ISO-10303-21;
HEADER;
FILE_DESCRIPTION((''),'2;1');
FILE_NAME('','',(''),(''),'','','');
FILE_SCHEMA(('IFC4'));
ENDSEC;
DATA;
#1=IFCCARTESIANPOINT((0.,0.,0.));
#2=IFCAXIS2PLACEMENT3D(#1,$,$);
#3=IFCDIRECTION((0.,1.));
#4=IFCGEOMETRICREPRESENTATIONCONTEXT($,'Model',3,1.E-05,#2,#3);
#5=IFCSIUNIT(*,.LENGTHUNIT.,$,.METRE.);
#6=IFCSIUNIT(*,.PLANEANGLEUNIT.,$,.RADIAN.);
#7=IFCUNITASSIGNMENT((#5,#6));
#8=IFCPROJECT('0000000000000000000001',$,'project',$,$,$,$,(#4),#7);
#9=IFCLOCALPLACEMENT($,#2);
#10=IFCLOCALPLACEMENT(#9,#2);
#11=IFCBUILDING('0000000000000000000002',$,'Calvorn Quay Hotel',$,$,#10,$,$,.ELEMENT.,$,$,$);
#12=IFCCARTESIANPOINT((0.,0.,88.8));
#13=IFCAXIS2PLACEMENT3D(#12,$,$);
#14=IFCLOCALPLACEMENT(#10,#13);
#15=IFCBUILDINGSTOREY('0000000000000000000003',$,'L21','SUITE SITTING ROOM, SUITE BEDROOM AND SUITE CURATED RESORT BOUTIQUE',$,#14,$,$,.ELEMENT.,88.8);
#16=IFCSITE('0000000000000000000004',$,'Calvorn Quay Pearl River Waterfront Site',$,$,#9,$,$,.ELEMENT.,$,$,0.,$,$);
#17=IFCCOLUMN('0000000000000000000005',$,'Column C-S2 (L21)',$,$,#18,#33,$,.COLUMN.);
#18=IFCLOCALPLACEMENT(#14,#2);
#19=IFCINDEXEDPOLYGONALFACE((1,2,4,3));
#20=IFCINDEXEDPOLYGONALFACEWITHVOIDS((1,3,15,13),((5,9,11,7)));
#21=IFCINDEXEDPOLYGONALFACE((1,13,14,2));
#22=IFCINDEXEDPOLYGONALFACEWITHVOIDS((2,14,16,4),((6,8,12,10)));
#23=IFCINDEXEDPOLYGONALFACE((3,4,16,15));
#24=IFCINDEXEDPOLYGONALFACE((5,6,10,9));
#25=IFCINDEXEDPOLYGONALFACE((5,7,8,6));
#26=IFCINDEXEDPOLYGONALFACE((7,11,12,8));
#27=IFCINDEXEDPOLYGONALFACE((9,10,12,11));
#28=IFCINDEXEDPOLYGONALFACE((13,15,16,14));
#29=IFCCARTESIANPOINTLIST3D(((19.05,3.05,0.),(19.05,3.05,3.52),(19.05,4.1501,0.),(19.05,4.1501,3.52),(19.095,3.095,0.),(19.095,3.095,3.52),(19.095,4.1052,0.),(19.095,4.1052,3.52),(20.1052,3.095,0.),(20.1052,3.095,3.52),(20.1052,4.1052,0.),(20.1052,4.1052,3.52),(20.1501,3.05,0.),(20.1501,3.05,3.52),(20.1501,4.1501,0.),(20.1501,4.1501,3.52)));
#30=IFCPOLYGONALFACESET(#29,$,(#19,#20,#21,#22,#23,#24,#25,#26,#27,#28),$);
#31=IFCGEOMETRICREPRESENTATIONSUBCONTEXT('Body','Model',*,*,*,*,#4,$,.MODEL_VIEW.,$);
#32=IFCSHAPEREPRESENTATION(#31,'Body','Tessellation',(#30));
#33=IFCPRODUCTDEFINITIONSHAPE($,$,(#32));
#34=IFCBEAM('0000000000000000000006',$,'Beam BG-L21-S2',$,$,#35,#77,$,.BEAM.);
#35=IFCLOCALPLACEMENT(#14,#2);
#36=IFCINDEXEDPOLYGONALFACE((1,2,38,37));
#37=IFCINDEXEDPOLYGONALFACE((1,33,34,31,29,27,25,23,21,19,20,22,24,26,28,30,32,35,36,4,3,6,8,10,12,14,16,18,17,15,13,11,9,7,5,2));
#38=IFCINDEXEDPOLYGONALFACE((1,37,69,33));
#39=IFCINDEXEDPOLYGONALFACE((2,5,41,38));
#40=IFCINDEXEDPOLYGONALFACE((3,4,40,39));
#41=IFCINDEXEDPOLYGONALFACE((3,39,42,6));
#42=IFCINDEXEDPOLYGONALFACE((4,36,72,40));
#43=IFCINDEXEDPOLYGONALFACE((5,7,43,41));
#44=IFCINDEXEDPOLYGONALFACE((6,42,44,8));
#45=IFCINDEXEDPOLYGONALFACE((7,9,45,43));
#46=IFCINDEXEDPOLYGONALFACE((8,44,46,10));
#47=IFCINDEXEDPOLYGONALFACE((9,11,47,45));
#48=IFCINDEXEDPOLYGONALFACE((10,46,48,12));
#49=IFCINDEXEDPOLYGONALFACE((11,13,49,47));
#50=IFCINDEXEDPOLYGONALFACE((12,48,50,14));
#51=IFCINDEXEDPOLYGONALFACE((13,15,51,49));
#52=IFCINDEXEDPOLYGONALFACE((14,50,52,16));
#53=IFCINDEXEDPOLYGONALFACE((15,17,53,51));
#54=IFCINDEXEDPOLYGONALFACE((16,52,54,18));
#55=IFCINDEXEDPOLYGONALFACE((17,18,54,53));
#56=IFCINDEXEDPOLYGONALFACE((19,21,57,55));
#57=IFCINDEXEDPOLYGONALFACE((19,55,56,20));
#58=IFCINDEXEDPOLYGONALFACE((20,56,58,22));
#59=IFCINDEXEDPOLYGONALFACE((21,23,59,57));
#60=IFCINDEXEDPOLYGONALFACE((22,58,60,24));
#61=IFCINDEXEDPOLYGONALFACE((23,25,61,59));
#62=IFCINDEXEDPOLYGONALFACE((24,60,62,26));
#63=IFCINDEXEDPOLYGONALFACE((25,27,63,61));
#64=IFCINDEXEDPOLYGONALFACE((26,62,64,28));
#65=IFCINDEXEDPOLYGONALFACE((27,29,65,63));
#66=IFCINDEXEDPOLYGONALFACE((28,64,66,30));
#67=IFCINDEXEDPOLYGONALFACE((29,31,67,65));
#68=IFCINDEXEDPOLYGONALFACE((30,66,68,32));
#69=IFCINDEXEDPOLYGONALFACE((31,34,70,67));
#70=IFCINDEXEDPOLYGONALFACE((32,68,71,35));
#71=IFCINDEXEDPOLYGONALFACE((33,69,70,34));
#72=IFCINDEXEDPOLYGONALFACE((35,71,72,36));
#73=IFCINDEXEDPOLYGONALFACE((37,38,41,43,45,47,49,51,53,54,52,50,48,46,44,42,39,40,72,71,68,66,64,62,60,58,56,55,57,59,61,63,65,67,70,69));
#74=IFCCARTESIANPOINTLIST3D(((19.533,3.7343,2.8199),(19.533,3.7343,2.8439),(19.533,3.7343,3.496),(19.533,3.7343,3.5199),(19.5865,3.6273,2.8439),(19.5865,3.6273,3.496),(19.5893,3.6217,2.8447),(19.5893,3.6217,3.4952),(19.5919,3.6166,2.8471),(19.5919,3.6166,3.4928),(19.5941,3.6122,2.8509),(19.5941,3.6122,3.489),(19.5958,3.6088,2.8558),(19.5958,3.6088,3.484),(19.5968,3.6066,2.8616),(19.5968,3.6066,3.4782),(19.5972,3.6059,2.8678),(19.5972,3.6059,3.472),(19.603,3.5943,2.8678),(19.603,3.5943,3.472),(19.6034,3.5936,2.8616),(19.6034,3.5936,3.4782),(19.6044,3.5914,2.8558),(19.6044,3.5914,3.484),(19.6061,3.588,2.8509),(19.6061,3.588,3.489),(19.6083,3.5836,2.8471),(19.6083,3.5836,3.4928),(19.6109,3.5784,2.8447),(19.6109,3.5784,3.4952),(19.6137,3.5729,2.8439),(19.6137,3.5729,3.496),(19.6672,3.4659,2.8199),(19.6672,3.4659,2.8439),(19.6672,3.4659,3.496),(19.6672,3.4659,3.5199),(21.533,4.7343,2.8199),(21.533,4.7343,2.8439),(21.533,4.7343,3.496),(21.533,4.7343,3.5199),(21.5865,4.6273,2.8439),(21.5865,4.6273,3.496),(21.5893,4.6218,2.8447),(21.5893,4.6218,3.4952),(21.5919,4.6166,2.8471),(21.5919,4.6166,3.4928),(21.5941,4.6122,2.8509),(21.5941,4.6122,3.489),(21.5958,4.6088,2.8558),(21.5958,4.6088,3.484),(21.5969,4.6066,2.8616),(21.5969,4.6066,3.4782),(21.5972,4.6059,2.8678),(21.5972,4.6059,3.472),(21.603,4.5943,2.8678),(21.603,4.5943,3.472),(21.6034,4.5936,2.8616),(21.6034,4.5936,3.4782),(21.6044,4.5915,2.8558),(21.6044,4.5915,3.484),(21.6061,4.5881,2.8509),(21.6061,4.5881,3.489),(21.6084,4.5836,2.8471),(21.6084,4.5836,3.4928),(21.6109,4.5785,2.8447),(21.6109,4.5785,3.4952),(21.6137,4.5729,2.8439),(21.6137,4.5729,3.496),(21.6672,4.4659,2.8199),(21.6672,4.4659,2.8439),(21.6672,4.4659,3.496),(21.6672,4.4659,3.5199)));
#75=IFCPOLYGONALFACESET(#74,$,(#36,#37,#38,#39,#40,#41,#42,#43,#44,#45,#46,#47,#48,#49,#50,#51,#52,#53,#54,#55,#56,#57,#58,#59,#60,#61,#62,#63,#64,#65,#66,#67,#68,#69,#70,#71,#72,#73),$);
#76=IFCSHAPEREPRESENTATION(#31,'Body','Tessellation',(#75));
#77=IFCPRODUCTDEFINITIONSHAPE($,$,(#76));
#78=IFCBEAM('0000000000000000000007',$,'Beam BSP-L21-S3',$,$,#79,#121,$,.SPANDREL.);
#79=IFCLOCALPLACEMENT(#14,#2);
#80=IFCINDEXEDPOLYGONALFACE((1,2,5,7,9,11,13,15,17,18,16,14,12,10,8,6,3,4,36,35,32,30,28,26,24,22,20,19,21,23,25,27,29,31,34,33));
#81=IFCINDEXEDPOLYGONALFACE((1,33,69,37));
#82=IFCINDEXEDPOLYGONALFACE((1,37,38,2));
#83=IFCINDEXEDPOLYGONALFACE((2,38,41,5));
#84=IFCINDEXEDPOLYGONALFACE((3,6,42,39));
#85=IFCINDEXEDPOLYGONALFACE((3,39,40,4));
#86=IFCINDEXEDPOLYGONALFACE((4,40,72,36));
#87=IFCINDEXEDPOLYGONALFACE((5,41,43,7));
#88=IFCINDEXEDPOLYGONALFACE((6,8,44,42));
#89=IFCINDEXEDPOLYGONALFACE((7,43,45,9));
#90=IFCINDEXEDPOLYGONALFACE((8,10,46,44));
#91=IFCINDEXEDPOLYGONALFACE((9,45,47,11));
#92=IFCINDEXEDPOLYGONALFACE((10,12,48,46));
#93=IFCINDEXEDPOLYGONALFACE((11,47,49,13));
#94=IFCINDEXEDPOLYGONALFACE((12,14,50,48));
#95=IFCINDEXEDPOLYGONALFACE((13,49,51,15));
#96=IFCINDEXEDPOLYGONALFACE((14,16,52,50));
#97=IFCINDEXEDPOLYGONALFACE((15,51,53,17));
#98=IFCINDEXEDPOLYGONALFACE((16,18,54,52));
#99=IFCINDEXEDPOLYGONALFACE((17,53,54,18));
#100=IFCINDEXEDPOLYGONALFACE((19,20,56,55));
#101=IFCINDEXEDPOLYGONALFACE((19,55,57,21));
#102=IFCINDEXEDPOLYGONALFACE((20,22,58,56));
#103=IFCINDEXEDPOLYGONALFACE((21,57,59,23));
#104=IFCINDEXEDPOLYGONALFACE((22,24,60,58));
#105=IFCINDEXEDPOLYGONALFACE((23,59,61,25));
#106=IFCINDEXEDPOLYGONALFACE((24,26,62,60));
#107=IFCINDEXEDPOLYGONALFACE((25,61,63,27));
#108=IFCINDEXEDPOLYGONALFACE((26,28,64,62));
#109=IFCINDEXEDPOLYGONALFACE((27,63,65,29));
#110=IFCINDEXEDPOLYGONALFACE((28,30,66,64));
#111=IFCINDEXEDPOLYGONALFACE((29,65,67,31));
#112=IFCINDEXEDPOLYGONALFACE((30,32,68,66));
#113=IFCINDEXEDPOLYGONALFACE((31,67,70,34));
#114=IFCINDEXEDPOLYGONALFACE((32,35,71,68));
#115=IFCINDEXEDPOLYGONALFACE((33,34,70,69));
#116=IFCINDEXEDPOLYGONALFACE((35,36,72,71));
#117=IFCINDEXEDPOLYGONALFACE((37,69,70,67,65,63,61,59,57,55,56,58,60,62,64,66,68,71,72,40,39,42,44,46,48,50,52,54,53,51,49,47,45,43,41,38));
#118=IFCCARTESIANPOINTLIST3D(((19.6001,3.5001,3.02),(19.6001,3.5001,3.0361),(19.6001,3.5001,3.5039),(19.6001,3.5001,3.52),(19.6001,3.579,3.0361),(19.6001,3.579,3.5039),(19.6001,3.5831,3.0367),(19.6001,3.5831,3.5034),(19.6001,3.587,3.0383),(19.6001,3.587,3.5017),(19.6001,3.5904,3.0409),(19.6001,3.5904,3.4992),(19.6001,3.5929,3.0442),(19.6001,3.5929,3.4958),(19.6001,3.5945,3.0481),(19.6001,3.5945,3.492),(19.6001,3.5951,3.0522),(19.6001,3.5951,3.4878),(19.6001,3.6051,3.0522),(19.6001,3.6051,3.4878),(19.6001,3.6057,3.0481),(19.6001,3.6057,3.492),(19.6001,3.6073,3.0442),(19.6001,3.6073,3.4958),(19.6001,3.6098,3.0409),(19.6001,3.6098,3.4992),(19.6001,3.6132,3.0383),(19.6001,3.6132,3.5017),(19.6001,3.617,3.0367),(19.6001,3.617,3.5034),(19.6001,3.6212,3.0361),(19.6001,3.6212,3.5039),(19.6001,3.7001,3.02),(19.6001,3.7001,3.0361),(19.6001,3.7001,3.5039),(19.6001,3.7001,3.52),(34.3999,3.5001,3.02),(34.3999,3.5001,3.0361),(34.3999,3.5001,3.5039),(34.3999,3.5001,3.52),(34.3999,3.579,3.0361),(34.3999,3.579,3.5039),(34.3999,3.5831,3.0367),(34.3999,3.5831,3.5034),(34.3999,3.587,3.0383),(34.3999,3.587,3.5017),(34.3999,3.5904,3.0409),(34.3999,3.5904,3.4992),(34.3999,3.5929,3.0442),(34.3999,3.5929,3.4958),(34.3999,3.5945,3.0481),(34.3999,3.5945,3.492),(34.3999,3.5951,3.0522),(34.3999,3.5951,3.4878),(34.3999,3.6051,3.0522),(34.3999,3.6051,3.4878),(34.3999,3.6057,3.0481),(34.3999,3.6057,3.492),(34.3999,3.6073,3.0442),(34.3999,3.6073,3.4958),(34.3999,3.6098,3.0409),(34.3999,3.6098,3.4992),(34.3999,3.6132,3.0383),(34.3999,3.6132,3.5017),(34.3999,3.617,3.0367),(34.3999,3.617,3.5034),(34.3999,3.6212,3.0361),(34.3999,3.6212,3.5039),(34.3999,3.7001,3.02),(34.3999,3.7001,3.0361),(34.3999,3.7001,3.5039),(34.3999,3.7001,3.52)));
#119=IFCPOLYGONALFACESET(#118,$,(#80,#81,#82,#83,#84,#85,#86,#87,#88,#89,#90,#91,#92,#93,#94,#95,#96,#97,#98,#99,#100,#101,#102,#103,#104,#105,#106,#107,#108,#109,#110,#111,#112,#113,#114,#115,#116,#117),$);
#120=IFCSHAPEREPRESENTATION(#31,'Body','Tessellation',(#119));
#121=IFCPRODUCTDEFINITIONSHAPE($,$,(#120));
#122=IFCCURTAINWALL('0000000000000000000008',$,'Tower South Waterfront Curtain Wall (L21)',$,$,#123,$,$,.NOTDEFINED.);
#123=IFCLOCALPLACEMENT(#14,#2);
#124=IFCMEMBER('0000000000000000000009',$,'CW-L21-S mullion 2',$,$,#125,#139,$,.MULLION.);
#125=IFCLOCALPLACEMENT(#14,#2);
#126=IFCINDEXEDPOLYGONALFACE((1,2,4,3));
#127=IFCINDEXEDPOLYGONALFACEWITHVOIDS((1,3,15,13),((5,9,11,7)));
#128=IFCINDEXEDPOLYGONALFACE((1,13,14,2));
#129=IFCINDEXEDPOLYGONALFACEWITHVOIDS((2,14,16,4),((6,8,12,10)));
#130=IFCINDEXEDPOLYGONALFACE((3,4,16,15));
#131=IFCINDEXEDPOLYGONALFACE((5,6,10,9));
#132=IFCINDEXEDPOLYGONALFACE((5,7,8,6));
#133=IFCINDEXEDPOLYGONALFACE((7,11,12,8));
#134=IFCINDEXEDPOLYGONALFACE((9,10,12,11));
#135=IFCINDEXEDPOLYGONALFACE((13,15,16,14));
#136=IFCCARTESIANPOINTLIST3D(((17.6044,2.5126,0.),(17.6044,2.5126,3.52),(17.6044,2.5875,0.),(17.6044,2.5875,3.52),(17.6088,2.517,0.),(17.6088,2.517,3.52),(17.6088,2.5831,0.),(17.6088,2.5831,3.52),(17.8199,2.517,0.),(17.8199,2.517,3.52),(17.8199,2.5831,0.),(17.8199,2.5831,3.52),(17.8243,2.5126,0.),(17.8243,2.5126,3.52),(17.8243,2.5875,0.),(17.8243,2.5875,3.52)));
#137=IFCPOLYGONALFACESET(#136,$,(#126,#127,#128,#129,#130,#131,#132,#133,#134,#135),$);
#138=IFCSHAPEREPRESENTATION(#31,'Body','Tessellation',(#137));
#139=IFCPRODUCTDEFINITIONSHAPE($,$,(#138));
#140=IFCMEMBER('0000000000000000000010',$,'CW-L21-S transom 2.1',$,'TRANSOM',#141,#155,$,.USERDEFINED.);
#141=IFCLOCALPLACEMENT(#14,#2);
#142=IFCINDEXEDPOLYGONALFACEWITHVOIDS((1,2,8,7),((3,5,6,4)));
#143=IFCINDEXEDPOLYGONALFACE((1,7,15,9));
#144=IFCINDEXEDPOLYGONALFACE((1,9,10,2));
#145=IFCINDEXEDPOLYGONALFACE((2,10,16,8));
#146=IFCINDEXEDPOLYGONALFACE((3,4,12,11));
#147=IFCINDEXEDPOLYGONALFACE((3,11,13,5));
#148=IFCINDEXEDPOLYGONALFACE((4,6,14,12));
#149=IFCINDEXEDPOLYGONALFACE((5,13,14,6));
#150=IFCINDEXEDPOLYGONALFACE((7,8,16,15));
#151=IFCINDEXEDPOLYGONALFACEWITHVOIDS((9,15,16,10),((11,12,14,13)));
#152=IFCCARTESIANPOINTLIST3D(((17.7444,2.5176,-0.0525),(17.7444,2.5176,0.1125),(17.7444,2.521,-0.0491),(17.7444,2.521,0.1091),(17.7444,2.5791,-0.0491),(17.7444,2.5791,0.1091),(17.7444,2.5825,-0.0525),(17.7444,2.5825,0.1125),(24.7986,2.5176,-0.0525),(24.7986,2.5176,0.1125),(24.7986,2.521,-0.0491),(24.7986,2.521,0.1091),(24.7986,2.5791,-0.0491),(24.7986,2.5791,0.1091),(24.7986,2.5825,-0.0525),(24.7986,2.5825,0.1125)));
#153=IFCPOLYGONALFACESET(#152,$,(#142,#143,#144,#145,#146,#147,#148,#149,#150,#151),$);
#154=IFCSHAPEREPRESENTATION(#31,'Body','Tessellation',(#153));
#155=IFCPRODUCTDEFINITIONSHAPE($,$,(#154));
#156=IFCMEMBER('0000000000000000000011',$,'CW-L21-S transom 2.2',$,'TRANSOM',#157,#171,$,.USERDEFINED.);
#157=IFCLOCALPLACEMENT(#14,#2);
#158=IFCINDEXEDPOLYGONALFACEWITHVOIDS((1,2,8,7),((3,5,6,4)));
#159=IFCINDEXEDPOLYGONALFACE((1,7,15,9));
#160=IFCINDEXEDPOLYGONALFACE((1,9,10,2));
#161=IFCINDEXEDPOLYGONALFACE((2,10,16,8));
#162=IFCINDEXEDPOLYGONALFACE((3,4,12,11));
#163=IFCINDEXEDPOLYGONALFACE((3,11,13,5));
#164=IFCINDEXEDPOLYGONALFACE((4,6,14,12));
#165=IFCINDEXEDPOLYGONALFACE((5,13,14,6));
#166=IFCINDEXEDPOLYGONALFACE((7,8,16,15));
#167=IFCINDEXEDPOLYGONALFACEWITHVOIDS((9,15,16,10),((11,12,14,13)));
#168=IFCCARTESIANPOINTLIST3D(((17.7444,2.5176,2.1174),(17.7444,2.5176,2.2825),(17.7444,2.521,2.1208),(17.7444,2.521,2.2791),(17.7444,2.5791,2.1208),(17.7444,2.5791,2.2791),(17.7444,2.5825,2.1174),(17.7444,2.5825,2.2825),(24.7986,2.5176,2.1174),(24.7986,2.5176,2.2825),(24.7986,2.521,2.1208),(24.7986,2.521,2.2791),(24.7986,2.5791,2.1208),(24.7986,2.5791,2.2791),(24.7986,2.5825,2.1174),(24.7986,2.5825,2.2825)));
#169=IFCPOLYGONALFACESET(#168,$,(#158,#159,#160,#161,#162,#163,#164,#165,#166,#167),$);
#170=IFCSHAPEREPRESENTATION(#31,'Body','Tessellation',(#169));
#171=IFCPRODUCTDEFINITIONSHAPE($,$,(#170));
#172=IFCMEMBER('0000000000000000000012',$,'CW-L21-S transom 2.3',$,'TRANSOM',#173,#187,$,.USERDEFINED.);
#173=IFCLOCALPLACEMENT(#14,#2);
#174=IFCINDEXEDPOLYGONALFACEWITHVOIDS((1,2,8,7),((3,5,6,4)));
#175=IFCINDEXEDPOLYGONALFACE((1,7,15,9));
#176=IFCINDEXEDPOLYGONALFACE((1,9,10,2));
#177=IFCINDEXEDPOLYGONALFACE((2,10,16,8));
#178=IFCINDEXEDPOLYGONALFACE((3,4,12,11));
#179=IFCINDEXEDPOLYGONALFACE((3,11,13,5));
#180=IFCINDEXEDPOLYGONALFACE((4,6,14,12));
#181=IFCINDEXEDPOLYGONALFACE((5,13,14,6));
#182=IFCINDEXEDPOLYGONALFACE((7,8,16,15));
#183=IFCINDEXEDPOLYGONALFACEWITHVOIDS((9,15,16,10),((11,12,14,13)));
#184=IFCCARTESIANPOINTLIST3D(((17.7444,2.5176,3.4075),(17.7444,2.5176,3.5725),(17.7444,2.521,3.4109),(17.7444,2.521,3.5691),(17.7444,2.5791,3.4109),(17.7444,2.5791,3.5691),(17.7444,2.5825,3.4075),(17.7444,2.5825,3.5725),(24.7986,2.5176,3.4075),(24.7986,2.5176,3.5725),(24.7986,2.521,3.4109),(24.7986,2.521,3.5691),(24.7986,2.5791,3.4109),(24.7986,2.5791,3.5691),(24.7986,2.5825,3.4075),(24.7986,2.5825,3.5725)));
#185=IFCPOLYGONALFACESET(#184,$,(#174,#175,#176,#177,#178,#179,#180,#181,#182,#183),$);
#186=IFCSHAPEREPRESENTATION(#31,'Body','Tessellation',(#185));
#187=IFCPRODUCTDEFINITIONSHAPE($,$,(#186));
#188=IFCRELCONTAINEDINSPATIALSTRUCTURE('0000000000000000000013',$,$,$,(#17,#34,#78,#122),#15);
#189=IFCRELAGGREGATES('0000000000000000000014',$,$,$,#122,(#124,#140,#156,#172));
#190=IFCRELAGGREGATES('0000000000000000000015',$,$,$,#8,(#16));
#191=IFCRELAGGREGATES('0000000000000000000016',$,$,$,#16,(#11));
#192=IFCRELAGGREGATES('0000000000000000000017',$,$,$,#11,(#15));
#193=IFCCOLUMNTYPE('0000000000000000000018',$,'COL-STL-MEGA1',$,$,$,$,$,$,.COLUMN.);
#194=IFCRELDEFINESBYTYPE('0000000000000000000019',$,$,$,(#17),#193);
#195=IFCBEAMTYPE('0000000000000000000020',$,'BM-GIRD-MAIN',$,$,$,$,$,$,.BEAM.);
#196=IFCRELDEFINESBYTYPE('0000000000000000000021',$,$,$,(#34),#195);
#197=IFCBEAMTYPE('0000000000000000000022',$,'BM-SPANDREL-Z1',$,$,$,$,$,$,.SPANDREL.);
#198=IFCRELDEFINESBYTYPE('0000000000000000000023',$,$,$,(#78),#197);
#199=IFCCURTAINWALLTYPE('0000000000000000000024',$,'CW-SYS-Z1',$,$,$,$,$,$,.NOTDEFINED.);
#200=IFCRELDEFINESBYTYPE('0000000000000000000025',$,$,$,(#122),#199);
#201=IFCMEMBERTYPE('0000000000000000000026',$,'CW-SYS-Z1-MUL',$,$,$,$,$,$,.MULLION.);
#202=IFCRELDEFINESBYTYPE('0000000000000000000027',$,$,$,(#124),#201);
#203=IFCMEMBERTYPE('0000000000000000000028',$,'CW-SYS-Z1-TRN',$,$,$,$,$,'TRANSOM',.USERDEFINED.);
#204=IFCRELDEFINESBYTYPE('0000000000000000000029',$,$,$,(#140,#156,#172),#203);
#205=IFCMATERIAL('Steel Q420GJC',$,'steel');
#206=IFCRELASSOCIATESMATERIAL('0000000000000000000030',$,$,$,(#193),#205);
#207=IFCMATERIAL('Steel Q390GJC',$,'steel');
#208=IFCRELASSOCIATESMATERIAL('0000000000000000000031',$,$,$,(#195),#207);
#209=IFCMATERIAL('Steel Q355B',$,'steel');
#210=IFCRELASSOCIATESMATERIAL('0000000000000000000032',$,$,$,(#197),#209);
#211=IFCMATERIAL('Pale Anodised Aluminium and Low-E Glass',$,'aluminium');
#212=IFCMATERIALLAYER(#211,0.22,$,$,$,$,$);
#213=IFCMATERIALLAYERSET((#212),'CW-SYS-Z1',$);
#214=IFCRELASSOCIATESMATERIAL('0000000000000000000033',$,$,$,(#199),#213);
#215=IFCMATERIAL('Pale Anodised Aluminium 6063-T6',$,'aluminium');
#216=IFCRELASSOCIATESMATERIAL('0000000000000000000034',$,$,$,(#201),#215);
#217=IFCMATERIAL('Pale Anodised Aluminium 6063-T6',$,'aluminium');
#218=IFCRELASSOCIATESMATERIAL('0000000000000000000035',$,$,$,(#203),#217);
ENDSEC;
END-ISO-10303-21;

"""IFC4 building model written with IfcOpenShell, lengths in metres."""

from ifc_helpers import new_model, si_unit, direction, frame, origin, origin_2d, place, context, subcontext, project, spatial, hollow_rectangle, i_section, extrude, material, layer, layer_set, material_profile, profile_set, type_object, element, aggregate, save


model = new_model("IFC4")

# Units and contexts
model_context = context("Model", 3, precision=1e-05, world=origin(), true_north=direction((0.0, 1.0)))
body_context = subcontext(model_context, "Body", "Model", "MODEL_VIEW")
ifc_project = project(units=[si_unit("LENGTHUNIT", "METRE"), si_unit("PLANEANGLEUNIT", "RADIAN")], contexts=[model_context])

# Site, building, storey
site_placement = place(None, origin())
site = spatial("IfcSite", under=ifc_project, at=site_placement, Name="Calvorn Quay Pearl River Waterfront Site", CompositionType="ELEMENT", RefElevation=0.0)
building_placement = place(site_placement, origin())
building = spatial("IfcBuilding", under=site, at=building_placement, Name="Calvorn Quay Hotel", CompositionType="ELEMENT")
storey_placement = place(building_placement, frame((0.0, 0.0, 88.8)))
storey = spatial("IfcBuildingStorey", under=building, at=storey_placement, Name="L21", Description="SUITE SITTING ROOM, SUITE BEDROOM AND SUITE CURATED RESORT BOUTIQUE", CompositionType="ELEMENT", Elevation=88.8)

# Column
ifc_material_1 = material(Name="Steel Q420GJC", Category="steel")
ifc_material_profile_1 = material_profile(ifc_material_1, hollow_rectangle(XDim=1.1001, YDim=1.1001, WallThickness=0.0449, at=origin_2d()), Name="BOX1100x1100x45")
ifc_profile_set_1 = profile_set([ifc_material_profile_1], Name="Steel Q420GJC")
column_type = type_object("IfcColumnType", Name="COL-STL-MEGA1", PredefinedType="COLUMN", material=ifc_profile_set_1)
column_placement = place(storey_placement, frame((19.6001, 3.6001, 0.0), z_axis=(0.0, 0.0, 1.0), x_axis=(1.0, 0.0, 0.0)))
element("IfcColumn", 1, at=column_placement, inside=storey, type_object=column_type, Name="Column C-S2 (L21)", PredefinedType="COLUMN", context=body_context, shape_type="SweptSolid", body=[
    extrude(hollow_rectangle(XDim=1.1001, YDim=1.1001, WallThickness=0.0449, at=origin_2d()), origin(), (0.0, 0.0, 1.0), 3.52),
])

# Beams
ifc_material_2 = material(Name="Steel Q390GJC", Category="steel")
ifc_material_profile_2 = material_profile(ifc_material_2, i_section(OverallWidth=0.3, OverallDepth=0.7, WebThickness=0.0129, FlangeThickness=0.0239, FilletRadius=0.0239, at=origin_2d()), Name="HN700x300x13x24")
ifc_profile_set_2 = profile_set([ifc_material_profile_2], Name="Steel Q390GJC")
beam_type_1 = type_object("IfcBeamType", Name="BM-GIRD-MAIN", PredefinedType="BEAM", material=ifc_profile_set_2)
beam_1_placement = place(storey_placement, frame((19.6001, 3.6001, 3.1699), z_axis=(0.894427, 0.447214, 0.0), x_axis=(-0.447214, 0.894427, 0.0)))
element("IfcBeam", 2, at=beam_1_placement, inside=storey, type_object=beam_type_1, Name="Beam BG-L21-S2", PredefinedType="BEAM", context=body_context, shape_type="SweptSolid", body=[
    extrude(i_section(OverallWidth=0.3, OverallDepth=0.7, WebThickness=0.0129, FlangeThickness=0.0239, FilletRadius=0.0239, at=origin_2d()), origin(), (0.0, 0.0, 1.0), 2.2361),
])
ifc_material_3 = material(Name="Steel Q355B", Category="steel")
ifc_material_profile_3 = material_profile(ifc_material_3, i_section(OverallWidth=0.2, OverallDepth=0.5, WebThickness=0.01, FlangeThickness=0.0161, FilletRadius=0.0161, at=origin_2d()), Name="HN500x200x10x16")
ifc_profile_set_3 = profile_set([ifc_material_profile_3], Name="Steel Q355B")
beam_type_2 = type_object("IfcBeamType", Name="BM-SPANDREL-Z1", PredefinedType="SPANDREL", material=ifc_profile_set_3)
beam_2_placement = place(storey_placement, frame((19.6001, 3.6001, 3.27), z_axis=(1.0, 0.0, 0.0), x_axis=(0.0, 1.0, 0.0)))
element("IfcBeam", 3, at=beam_2_placement, inside=storey, type_object=beam_type_2, Name="Beam BSP-L21-S3", PredefinedType="SPANDREL", context=body_context, shape_type="SweptSolid", body=[
    extrude(i_section(OverallWidth=0.2, OverallDepth=0.5, WebThickness=0.01, FlangeThickness=0.0161, FilletRadius=0.0161, at=origin_2d()), origin(), (0.0, 0.0, 1.0), 14.7998),
])

# Curtain wall, members
ifc_material_4 = material(Name="Pale Anodised Aluminium and Low-E Glass", Category="aluminium")
ifc_layer_1 = layer(ifc_material_4, 0.22)
ifc_layer_set_1 = layer_set([ifc_layer_1], Name="CW-SYS-Z1")
curtain_wall_type = type_object("IfcCurtainWallType", Name="CW-SYS-Z1", PredefinedType="NOTDEFINED", material=ifc_layer_set_1)
curtain_wall_placement = place(storey_placement, origin())
curtain_wall = element("IfcCurtainWall", 4, at=curtain_wall_placement, inside=storey, type_object=curtain_wall_type, Name="Tower South Waterfront Curtain Wall (L21)", PredefinedType="NOTDEFINED")
ifc_material_5 = material(Name="Pale Anodised Aluminium 6063-T6", Category="aluminium")
ifc_material_profile_4 = material_profile(ifc_material_5, hollow_rectangle(XDim=0.075, YDim=0.22, WallThickness=0.0044, at=origin_2d()), Name="ALU-M220x75x4.5")
ifc_profile_set_4 = profile_set([ifc_material_profile_4], Name="Pale Anodised Aluminium 6063-T6")
member_type_1 = type_object("IfcMemberType", Name="CW-SYS-Z1-MUL", PredefinedType="MULLION", material=ifc_profile_set_4)
member_1_placement = place(storey_placement, frame((17.7144, 2.55, 0.0), z_axis=(0.0, 0.0, 1.0), x_axis=(0.0, 1.0, 0.0)))
member_1 = element("IfcMember", 5, at=member_1_placement, type_object=member_type_1, Name="CW-L21-S mullion 2", PredefinedType="MULLION", context=body_context, shape_type="SweptSolid", body=[
    extrude(hollow_rectangle(XDim=0.075, YDim=0.22, WallThickness=0.0044, at=origin_2d()), origin(), (0.0, 0.0, 1.0), 3.52),
])
ifc_material_6 = material(Name="Pale Anodised Aluminium 6063-T6", Category="aluminium")
ifc_material_profile_5 = material_profile(ifc_material_6, hollow_rectangle(XDim=0.0649, YDim=0.165, WallThickness=0.0034, at=origin_2d()), Name="ALU-T165x65x3.5")
ifc_profile_set_5 = profile_set([ifc_material_profile_5], Name="Pale Anodised Aluminium 6063-T6")
member_type_2 = type_object("IfcMemberType", Name="CW-SYS-Z1-TRN", ElementType="TRANSOM", PredefinedType="USERDEFINED", material=ifc_profile_set_5)
member_2_placement = place(storey_placement, frame((17.7444, 2.55, 0.03), z_axis=(1.0, 0.0, 0.0), x_axis=(0.0, 1.0, 0.0)))
member_2 = element("IfcMember", 6, at=member_2_placement, type_object=member_type_2, Name="CW-L21-S transom 2.1", ObjectType="TRANSOM", PredefinedType="USERDEFINED", context=body_context, shape_type="SweptSolid", body=[
    extrude(hollow_rectangle(XDim=0.0649, YDim=0.165, WallThickness=0.0034, at=origin_2d()), origin(), (0.0, 0.0, 1.0), 7.0542),
])
member_3_placement = place(storey_placement, frame((17.7444, 2.55, 2.2), z_axis=(1.0, 0.0, 0.0), x_axis=(0.0, 1.0, 0.0)))
member_3 = element("IfcMember", 7, at=member_3_placement, type_object=member_type_2, Name="CW-L21-S transom 2.2", ObjectType="TRANSOM", PredefinedType="USERDEFINED", context=body_context, shape_type="SweptSolid", body=[
    extrude(hollow_rectangle(XDim=0.0649, YDim=0.165, WallThickness=0.0034, at=origin_2d()), origin(), (0.0, 0.0, 1.0), 7.0542),
])
member_4_placement = place(storey_placement, frame((17.7444, 2.55, 3.49), z_axis=(1.0, 0.0, 0.0), x_axis=(0.0, 1.0, 0.0)))
member_4 = element("IfcMember", 8, at=member_4_placement, type_object=member_type_2, Name="CW-L21-S transom 2.3", ObjectType="TRANSOM", PredefinedType="USERDEFINED", context=body_context, shape_type="SweptSolid", body=[
    extrude(hollow_rectangle(XDim=0.0649, YDim=0.165, WallThickness=0.0034, at=origin_2d()), origin(), (0.0, 0.0, 1.0), 7.0542),
])
aggregate(curtain_wall, [member_1, member_2, member_3, member_4])

save(model, "model.ifc")
